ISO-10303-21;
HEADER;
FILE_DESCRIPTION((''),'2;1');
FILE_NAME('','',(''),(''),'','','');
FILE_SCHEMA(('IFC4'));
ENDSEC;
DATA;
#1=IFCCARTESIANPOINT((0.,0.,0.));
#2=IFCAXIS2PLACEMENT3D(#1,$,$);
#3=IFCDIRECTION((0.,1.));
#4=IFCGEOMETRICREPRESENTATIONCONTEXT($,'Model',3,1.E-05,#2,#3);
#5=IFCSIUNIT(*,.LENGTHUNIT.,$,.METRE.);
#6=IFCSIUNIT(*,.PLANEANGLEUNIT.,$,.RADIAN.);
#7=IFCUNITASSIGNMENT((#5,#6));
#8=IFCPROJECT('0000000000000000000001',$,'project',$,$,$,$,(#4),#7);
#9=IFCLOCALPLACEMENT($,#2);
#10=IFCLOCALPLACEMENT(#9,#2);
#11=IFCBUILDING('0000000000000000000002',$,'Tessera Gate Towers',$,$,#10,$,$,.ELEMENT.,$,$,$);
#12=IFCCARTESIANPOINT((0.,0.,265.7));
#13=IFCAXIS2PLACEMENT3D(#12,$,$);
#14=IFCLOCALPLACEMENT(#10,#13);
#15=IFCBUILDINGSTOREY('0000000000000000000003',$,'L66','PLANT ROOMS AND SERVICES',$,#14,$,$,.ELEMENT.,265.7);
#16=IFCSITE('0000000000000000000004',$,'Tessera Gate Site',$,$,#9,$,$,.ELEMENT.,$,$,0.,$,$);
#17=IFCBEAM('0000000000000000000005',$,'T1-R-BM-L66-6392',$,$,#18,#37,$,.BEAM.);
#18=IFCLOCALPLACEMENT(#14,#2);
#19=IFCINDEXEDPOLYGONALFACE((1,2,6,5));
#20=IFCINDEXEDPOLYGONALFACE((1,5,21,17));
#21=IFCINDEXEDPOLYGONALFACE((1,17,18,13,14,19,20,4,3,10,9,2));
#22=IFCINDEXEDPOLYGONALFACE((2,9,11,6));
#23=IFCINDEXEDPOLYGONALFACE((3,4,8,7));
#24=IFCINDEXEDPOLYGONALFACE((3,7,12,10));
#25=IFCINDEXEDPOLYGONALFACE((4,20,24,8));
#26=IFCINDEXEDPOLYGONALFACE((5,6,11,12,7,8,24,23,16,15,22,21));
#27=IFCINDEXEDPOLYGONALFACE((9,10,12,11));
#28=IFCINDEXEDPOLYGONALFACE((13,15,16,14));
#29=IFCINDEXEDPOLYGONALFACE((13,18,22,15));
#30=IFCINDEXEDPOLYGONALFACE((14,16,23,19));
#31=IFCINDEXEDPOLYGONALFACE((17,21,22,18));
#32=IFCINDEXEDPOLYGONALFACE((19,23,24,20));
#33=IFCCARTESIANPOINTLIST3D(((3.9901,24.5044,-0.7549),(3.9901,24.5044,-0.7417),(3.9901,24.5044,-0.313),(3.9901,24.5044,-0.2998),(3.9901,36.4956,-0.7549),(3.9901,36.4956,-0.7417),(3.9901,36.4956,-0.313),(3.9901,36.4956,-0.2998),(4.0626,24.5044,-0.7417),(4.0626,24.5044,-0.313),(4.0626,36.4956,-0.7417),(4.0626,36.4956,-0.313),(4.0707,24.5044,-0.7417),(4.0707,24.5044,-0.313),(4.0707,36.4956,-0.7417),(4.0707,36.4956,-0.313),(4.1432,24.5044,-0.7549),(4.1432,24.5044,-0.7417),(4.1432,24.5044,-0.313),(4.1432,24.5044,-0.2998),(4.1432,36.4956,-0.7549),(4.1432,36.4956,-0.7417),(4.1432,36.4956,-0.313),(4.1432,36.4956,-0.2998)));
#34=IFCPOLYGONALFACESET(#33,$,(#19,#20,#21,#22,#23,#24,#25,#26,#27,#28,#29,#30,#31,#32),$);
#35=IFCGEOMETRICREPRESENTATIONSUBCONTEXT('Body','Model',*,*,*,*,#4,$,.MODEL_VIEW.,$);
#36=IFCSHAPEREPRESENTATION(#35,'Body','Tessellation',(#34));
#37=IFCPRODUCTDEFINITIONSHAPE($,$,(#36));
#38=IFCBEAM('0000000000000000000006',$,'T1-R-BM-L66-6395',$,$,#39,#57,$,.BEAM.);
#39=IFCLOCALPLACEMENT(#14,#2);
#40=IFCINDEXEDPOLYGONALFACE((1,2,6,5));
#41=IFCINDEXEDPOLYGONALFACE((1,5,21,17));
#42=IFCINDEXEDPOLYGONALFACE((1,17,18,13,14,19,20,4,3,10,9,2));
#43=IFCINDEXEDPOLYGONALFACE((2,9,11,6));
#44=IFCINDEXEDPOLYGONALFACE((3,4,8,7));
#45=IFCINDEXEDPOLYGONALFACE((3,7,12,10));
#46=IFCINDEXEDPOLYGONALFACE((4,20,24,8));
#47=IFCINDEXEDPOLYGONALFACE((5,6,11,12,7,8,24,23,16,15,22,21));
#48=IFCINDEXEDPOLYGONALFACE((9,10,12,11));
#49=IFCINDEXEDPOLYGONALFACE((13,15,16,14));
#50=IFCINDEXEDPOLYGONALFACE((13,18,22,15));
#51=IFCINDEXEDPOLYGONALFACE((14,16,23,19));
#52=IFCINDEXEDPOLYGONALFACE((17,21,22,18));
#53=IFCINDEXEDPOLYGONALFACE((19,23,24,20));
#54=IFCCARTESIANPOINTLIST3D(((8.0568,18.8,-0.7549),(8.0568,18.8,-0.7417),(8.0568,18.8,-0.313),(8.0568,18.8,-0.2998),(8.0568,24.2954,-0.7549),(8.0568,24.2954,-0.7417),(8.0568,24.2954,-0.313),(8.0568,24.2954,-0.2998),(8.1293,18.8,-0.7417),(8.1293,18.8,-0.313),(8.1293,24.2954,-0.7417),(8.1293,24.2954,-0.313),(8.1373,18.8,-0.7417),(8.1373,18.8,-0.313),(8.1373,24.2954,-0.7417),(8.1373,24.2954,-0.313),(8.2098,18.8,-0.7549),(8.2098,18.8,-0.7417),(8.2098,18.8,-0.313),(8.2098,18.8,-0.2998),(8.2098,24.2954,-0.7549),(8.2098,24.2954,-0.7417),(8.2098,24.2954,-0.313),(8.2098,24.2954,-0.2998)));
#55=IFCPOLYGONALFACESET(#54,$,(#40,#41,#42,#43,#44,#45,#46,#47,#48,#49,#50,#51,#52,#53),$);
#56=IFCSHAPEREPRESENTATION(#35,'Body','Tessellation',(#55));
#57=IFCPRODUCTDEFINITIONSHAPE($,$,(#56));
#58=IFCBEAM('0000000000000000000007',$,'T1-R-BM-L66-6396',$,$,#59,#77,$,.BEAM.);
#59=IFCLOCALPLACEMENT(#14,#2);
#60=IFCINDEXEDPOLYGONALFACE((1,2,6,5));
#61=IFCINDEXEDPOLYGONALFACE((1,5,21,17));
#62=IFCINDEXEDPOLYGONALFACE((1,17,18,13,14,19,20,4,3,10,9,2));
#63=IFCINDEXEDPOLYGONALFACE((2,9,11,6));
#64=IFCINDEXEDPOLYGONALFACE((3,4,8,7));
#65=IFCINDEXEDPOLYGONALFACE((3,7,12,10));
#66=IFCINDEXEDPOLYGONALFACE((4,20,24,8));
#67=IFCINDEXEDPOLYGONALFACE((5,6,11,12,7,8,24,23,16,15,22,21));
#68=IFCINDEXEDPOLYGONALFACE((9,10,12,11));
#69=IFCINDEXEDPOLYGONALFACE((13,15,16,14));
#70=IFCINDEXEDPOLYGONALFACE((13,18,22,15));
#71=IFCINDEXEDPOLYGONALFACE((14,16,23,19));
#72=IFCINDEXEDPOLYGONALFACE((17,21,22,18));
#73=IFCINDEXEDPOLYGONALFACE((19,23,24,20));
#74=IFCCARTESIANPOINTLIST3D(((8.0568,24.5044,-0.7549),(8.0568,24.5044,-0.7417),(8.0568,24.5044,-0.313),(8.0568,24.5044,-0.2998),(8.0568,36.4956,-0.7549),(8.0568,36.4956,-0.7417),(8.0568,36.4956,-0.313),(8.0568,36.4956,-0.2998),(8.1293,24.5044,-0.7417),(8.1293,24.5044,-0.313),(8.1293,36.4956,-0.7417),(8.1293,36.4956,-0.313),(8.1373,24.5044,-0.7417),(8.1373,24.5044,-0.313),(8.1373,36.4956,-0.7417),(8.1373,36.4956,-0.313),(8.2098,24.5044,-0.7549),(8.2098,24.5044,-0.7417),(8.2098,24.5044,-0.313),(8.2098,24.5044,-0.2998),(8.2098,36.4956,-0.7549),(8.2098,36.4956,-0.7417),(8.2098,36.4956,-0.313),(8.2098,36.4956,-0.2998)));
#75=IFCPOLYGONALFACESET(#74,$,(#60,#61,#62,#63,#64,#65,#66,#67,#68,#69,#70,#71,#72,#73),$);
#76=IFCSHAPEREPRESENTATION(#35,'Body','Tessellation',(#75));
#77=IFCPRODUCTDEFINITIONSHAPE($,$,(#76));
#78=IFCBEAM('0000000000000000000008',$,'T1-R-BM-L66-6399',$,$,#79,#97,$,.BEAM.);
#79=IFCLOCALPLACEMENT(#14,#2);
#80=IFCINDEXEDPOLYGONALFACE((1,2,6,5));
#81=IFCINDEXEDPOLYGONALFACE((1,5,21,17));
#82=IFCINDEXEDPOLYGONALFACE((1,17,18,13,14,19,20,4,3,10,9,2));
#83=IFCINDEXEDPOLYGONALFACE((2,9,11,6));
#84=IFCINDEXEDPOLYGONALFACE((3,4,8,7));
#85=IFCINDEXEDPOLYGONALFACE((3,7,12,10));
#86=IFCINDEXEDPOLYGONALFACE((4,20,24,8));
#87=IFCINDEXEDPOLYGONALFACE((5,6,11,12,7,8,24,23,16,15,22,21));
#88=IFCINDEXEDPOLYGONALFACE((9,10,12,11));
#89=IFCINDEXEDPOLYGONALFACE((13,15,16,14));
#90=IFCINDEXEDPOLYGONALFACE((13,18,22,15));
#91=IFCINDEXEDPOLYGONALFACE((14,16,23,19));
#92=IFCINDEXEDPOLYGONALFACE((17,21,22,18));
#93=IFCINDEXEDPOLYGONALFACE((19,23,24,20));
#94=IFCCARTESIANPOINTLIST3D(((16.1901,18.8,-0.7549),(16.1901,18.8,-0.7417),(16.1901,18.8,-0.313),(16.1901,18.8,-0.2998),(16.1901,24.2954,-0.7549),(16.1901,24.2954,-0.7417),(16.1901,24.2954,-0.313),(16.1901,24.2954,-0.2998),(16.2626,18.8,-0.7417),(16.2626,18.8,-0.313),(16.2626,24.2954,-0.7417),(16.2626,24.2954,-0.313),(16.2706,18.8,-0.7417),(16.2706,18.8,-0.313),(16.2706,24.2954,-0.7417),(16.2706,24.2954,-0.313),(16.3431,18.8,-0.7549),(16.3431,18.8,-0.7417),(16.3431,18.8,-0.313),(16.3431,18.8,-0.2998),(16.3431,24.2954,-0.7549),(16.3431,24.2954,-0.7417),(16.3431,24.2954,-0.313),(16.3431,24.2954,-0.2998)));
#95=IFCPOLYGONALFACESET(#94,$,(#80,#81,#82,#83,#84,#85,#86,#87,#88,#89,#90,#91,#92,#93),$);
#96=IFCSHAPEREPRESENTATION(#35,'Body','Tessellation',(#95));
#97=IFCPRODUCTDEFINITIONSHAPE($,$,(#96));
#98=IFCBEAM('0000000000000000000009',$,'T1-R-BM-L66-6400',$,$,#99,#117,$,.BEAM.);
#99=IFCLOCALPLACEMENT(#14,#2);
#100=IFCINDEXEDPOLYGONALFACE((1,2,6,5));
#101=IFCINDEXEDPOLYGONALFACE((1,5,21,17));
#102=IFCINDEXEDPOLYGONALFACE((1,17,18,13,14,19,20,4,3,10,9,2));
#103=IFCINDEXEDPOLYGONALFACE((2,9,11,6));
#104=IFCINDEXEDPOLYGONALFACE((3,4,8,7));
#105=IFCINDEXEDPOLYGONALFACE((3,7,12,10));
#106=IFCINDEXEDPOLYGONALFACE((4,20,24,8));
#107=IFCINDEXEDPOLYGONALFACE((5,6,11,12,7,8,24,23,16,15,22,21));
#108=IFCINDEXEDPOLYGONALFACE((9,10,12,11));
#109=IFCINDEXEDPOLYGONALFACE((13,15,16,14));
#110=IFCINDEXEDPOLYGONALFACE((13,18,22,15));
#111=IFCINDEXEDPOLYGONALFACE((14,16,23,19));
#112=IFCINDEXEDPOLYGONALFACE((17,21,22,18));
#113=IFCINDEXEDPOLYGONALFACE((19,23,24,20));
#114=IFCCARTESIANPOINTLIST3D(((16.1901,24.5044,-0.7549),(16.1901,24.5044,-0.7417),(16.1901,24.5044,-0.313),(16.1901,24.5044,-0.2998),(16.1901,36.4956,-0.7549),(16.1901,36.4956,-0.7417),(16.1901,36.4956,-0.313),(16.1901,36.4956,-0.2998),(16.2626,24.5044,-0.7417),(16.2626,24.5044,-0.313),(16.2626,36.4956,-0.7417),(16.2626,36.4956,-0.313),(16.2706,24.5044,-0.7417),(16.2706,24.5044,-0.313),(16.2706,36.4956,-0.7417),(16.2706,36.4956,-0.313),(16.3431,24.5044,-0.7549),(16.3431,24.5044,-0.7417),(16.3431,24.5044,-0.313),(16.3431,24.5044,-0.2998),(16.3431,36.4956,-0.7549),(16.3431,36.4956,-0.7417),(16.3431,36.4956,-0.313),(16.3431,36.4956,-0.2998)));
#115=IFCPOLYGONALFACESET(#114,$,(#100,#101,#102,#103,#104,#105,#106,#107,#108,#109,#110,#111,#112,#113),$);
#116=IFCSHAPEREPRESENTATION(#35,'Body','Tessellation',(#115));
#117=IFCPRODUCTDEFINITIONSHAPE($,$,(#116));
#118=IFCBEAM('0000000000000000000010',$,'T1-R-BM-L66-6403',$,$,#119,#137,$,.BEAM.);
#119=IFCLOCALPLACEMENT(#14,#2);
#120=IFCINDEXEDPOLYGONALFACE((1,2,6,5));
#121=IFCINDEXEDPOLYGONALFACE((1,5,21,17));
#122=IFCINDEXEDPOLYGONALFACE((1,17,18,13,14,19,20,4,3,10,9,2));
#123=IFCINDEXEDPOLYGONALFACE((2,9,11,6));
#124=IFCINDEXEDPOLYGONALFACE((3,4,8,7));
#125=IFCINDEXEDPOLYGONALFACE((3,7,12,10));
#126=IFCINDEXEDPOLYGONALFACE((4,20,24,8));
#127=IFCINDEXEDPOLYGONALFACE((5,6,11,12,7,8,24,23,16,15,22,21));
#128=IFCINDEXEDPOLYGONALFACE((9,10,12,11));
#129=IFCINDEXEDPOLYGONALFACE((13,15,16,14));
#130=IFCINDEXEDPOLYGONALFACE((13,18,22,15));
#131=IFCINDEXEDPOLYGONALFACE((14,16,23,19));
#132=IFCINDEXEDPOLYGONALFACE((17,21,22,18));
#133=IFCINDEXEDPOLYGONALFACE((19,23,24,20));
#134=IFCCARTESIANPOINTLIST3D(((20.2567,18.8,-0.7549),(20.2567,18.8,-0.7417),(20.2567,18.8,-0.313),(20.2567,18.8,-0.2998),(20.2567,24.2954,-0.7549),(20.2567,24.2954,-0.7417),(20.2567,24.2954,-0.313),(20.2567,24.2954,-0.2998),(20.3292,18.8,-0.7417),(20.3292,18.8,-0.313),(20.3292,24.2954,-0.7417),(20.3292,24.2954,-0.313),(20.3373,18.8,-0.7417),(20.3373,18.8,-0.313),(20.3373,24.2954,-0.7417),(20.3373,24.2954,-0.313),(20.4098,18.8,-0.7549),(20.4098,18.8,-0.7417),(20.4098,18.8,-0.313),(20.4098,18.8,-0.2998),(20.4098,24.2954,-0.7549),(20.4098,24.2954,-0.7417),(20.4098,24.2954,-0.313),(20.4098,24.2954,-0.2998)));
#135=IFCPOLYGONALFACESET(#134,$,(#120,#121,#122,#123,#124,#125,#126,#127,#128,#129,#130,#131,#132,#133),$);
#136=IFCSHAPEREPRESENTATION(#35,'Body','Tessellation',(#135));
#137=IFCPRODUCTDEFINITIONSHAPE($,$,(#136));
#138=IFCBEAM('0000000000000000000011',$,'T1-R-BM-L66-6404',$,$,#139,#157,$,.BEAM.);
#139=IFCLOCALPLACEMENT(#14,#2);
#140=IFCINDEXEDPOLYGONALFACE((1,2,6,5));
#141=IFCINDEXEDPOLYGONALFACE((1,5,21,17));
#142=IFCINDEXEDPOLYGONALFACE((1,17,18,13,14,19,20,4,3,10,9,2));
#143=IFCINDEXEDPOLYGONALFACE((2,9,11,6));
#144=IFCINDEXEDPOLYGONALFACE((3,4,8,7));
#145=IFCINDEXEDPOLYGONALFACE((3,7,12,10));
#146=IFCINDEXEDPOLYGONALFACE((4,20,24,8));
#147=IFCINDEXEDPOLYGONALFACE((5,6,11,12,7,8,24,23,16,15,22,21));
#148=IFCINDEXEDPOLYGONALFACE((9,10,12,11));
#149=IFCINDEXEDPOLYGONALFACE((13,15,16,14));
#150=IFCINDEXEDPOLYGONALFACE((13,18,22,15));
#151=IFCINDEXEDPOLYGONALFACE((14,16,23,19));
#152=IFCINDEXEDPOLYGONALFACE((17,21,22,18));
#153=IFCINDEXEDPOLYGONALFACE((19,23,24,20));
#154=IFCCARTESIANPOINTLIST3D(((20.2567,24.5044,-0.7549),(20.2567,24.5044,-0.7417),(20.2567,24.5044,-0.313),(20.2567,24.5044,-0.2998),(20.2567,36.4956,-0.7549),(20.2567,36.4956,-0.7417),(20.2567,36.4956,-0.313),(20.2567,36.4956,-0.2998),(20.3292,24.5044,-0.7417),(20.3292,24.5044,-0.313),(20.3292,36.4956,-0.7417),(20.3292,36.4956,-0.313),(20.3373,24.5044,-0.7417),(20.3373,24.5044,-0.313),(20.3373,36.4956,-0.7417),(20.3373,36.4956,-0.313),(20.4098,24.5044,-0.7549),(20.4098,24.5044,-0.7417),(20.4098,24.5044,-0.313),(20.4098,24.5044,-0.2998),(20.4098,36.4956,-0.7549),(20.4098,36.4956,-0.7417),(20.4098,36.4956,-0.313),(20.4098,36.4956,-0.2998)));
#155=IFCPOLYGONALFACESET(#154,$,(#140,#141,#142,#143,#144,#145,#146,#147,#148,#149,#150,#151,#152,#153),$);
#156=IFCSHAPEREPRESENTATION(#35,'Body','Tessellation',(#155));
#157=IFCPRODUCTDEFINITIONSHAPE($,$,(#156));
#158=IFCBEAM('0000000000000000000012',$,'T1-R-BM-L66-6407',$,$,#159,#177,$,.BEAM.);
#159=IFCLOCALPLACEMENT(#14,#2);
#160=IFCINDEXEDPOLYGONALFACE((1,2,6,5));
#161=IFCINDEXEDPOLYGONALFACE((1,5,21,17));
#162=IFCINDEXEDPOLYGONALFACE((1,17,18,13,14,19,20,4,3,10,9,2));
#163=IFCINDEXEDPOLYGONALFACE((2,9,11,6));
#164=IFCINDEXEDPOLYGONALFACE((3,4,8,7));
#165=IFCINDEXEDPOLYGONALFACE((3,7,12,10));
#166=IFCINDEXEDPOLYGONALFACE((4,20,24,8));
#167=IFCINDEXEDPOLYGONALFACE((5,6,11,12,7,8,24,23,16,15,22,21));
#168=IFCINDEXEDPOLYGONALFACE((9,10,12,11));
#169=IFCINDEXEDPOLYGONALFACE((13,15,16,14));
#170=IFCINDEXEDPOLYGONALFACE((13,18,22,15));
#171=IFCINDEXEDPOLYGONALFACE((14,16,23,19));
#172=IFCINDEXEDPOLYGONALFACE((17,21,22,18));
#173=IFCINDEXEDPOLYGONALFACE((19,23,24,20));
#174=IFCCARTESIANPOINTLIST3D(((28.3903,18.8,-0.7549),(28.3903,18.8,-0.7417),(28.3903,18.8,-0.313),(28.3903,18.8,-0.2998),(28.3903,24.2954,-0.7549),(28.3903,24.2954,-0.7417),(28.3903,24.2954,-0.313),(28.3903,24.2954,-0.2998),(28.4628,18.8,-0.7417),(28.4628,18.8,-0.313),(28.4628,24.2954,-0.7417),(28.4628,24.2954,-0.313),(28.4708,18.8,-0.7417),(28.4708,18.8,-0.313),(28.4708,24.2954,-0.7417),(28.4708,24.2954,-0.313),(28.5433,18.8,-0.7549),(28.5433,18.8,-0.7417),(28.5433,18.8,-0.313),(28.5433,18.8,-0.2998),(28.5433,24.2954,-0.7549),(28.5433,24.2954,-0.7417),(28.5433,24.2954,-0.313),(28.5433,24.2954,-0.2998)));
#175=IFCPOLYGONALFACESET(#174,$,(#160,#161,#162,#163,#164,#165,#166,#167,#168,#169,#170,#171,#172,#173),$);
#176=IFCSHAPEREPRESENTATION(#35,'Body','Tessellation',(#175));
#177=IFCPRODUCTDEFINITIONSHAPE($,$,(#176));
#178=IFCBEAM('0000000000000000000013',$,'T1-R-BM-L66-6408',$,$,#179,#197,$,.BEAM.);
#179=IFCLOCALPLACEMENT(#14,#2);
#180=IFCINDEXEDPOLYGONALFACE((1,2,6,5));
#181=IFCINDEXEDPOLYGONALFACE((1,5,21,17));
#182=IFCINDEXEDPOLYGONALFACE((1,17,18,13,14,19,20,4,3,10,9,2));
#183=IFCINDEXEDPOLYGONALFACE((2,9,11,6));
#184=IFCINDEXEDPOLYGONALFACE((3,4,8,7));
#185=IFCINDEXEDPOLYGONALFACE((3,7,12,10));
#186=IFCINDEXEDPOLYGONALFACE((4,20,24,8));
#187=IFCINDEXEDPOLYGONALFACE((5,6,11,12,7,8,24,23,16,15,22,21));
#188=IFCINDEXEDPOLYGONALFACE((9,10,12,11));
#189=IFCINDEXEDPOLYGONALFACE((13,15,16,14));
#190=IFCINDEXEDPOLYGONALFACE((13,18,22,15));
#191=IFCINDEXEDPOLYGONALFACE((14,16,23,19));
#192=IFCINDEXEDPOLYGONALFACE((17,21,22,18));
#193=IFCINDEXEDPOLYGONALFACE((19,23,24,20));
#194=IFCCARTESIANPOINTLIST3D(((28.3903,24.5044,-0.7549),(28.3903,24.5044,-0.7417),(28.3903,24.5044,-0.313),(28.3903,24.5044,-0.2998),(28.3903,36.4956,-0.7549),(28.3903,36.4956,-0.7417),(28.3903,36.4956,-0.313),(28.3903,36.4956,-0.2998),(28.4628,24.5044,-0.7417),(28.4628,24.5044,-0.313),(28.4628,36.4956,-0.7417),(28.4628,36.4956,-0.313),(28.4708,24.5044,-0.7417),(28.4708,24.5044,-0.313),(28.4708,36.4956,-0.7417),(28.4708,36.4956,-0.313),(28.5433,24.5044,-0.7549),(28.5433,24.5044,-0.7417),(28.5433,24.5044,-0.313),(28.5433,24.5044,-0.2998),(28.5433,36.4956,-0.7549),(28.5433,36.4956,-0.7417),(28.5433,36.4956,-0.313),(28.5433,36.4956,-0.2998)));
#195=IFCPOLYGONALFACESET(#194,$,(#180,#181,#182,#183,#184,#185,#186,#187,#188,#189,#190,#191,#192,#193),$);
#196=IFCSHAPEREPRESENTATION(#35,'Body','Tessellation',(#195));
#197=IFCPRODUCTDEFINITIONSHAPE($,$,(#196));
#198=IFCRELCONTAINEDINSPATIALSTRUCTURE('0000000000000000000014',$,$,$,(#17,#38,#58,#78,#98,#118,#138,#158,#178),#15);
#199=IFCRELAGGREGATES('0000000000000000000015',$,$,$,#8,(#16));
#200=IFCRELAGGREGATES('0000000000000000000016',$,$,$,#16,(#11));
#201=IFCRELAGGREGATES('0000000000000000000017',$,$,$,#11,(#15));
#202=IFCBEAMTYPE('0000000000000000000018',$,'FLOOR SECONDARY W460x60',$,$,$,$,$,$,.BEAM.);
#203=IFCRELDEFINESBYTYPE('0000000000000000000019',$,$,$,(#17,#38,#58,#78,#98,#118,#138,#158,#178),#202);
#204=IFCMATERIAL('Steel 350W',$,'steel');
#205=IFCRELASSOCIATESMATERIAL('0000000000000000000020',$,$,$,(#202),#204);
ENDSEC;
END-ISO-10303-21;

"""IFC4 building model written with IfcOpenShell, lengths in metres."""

from ifc_helpers import new_model, si_unit, direction, frame, origin, origin_2d, place, context, subcontext, project, spatial, i_section, extrude, material, material_profile, profile_set, type_object, element, save


model = new_model("IFC4")

# Units and contexts
model_context = context("Model", 3, precision=1e-05, world=origin(), true_north=direction((0.0, 1.0)))
body_context = subcontext(model_context, "Body", "Model", "MODEL_VIEW")
ifc_project = project(units=[si_unit("LENGTHUNIT", "METRE"), si_unit("PLANEANGLEUNIT", "RADIAN")], contexts=[model_context])

# Site, building, storey
site_placement = place(None, origin())
site = spatial("IfcSite", under=ifc_project, at=site_placement, Name="Tessera Gate Site", CompositionType="ELEMENT", RefElevation=0.0)
building_placement = place(site_placement, origin())
building = spatial("IfcBuilding", under=site, at=building_placement, Name="Tessera Gate Towers", CompositionType="ELEMENT")
storey_placement = place(building_placement, frame((0.0, 0.0, 265.7)))
storey = spatial("IfcBuildingStorey", under=building, at=storey_placement, Name="L66", Description="PLANT ROOMS AND SERVICES", CompositionType="ELEMENT", Elevation=265.7)

# Beams
ifc_material_1 = material(Name="Steel 350W", Category="steel")
ifc_material_profile_1 = material_profile(ifc_material_1, i_section(OverallWidth=0.1531, OverallDepth=0.4551, WebThickness=0.0081, FlangeThickness=0.0132, at=origin_2d()), Name="W460x60")
ifc_profile_set_1 = profile_set([ifc_material_profile_1], Name="Steel 350W")
beam_type_1 = type_object("IfcBeamType", Name="FLOOR SECONDARY W460x60", PredefinedType="BEAM", material=ifc_profile_set_1)
beam_1_placement = place(storey_placement, frame((4.0667, 24.5044, -0.5273), z_axis=(0.0, 1.0, 0.0), x_axis=(-1.0, 0.0, 0.0)))
element("IfcBeam", 1, at=beam_1_placement, inside=storey, type_object=beam_type_1, Name="T1-R-BM-L66-6392", PredefinedType="BEAM", context=body_context, shape_type="SweptSolid", body=[
    extrude(i_section(OverallWidth=0.1531, OverallDepth=0.4551, WebThickness=0.0081, FlangeThickness=0.0132, at=origin_2d()), origin(), (0.0, 0.0, 1.0), 11.9912),
])
beam_2_placement = place(storey_placement, frame((8.1333, 18.8, -0.5273), z_axis=(0.0, 1.0, 0.0), x_axis=(-1.0, 0.0, 0.0)))
element("IfcBeam", 2, at=beam_2_placement, inside=storey, type_object=beam_type_1, Name="T1-R-BM-L66-6395", PredefinedType="BEAM", context=body_context, shape_type="SweptSolid", body=[
    extrude(i_section(OverallWidth=0.1531, OverallDepth=0.4551, WebThickness=0.0081, FlangeThickness=0.0132, at=origin_2d()), origin(), (0.0, 0.0, 1.0), 5.4954),
])
beam_3_placement = place(storey_placement, frame((8.1333, 24.5044, -0.5273), z_axis=(0.0, 1.0, 0.0), x_axis=(-1.0, 0.0, 0.0)))
element("IfcBeam", 3, at=beam_3_placement, inside=storey, type_object=beam_type_1, Name="T1-R-BM-L66-6396", PredefinedType="BEAM", context=body_context, shape_type="SweptSolid", body=[
    extrude(i_section(OverallWidth=0.1531, OverallDepth=0.4551, WebThickness=0.0081, FlangeThickness=0.0132, at=origin_2d()), origin(), (0.0, 0.0, 1.0), 11.9912),
])
beam_4_placement = place(storey_placement, frame((16.2666, 18.8, -0.5273), z_axis=(0.0, 1.0, 0.0), x_axis=(-1.0, 0.0, 0.0)))
element("IfcBeam", 4, at=beam_4_placement, inside=storey, type_object=beam_type_1, Name="T1-R-BM-L66-6399", PredefinedType="BEAM", context=body_context, shape_type="SweptSolid", body=[
    extrude(i_section(OverallWidth=0.1531, OverallDepth=0.4551, WebThickness=0.0081, FlangeThickness=0.0132, at=origin_2d()), origin(), (0.0, 0.0, 1.0), 5.4954),
])
beam_5_placement = place(storey_placement, frame((16.2666, 24.5044, -0.5273), z_axis=(0.0, 1.0, 0.0), x_axis=(-1.0, 0.0, 0.0)))
element("IfcBeam", 5, at=beam_5_placement, inside=storey, type_object=beam_type_1, Name="T1-R-BM-L66-6400", PredefinedType="BEAM", context=body_context, shape_type="SweptSolid", body=[
    extrude(i_section(OverallWidth=0.1531, OverallDepth=0.4551, WebThickness=0.0081, FlangeThickness=0.0132, at=origin_2d()), origin(), (0.0, 0.0, 1.0), 11.9912),
])
beam_6_placement = place(storey_placement, frame((20.3333, 18.8, -0.5273), z_axis=(0.0, 1.0, 0.0), x_axis=(-1.0, 0.0, 0.0)))
element("IfcBeam", 6, at=beam_6_placement, inside=storey, type_object=beam_type_1, Name="T1-R-BM-L66-6403", PredefinedType="BEAM", context=body_context, shape_type="SweptSolid", body=[
    extrude(i_section(OverallWidth=0.1531, OverallDepth=0.4551, WebThickness=0.0081, FlangeThickness=0.0132, at=origin_2d()), origin(), (0.0, 0.0, 1.0), 5.4954),
])
beam_7_placement = place(storey_placement, frame((20.3333, 24.5044, -0.5273), z_axis=(0.0, 1.0, 0.0), x_axis=(-1.0, 0.0, 0.0)))
element("IfcBeam", 7, at=beam_7_placement, inside=storey, type_object=beam_type_1, Name="T1-R-BM-L66-6404", PredefinedType="BEAM", context=body_context, shape_type="SweptSolid", body=[
    extrude(i_section(OverallWidth=0.1531, OverallDepth=0.4551, WebThickness=0.0081, FlangeThickness=0.0132, at=origin_2d()), origin(), (0.0, 0.0, 1.0), 11.9912),
])
beam_8_placement = place(storey_placement, frame((28.4668, 18.8, -0.5273), z_axis=(0.0, 1.0, 0.0), x_axis=(-1.0, 0.0, 0.0)))
element("IfcBeam", 8, at=beam_8_placement, inside=storey, type_object=beam_type_1, Name="T1-R-BM-L66-6407", PredefinedType="BEAM", context=body_context, shape_type="SweptSolid", body=[
    extrude(i_section(OverallWidth=0.1531, OverallDepth=0.4551, WebThickness=0.0081, FlangeThickness=0.0132, at=origin_2d()), origin(), (0.0, 0.0, 1.0), 5.4954),
])
beam_9_placement = place(storey_placement, frame((28.4668, 24.5044, -0.5273), z_axis=(0.0, 1.0, 0.0), x_axis=(-1.0, 0.0, 0.0)))
element("IfcBeam", 9, at=beam_9_placement, inside=storey, type_object=beam_type_1, Name="T1-R-BM-L66-6408", PredefinedType="BEAM", context=body_context, shape_type="SweptSolid", body=[
    extrude(i_section(OverallWidth=0.1531, OverallDepth=0.4551, WebThickness=0.0081, FlangeThickness=0.0132, at=origin_2d()), origin(), (0.0, 0.0, 1.0), 11.9912),
])

save(model, "model.ifc")
